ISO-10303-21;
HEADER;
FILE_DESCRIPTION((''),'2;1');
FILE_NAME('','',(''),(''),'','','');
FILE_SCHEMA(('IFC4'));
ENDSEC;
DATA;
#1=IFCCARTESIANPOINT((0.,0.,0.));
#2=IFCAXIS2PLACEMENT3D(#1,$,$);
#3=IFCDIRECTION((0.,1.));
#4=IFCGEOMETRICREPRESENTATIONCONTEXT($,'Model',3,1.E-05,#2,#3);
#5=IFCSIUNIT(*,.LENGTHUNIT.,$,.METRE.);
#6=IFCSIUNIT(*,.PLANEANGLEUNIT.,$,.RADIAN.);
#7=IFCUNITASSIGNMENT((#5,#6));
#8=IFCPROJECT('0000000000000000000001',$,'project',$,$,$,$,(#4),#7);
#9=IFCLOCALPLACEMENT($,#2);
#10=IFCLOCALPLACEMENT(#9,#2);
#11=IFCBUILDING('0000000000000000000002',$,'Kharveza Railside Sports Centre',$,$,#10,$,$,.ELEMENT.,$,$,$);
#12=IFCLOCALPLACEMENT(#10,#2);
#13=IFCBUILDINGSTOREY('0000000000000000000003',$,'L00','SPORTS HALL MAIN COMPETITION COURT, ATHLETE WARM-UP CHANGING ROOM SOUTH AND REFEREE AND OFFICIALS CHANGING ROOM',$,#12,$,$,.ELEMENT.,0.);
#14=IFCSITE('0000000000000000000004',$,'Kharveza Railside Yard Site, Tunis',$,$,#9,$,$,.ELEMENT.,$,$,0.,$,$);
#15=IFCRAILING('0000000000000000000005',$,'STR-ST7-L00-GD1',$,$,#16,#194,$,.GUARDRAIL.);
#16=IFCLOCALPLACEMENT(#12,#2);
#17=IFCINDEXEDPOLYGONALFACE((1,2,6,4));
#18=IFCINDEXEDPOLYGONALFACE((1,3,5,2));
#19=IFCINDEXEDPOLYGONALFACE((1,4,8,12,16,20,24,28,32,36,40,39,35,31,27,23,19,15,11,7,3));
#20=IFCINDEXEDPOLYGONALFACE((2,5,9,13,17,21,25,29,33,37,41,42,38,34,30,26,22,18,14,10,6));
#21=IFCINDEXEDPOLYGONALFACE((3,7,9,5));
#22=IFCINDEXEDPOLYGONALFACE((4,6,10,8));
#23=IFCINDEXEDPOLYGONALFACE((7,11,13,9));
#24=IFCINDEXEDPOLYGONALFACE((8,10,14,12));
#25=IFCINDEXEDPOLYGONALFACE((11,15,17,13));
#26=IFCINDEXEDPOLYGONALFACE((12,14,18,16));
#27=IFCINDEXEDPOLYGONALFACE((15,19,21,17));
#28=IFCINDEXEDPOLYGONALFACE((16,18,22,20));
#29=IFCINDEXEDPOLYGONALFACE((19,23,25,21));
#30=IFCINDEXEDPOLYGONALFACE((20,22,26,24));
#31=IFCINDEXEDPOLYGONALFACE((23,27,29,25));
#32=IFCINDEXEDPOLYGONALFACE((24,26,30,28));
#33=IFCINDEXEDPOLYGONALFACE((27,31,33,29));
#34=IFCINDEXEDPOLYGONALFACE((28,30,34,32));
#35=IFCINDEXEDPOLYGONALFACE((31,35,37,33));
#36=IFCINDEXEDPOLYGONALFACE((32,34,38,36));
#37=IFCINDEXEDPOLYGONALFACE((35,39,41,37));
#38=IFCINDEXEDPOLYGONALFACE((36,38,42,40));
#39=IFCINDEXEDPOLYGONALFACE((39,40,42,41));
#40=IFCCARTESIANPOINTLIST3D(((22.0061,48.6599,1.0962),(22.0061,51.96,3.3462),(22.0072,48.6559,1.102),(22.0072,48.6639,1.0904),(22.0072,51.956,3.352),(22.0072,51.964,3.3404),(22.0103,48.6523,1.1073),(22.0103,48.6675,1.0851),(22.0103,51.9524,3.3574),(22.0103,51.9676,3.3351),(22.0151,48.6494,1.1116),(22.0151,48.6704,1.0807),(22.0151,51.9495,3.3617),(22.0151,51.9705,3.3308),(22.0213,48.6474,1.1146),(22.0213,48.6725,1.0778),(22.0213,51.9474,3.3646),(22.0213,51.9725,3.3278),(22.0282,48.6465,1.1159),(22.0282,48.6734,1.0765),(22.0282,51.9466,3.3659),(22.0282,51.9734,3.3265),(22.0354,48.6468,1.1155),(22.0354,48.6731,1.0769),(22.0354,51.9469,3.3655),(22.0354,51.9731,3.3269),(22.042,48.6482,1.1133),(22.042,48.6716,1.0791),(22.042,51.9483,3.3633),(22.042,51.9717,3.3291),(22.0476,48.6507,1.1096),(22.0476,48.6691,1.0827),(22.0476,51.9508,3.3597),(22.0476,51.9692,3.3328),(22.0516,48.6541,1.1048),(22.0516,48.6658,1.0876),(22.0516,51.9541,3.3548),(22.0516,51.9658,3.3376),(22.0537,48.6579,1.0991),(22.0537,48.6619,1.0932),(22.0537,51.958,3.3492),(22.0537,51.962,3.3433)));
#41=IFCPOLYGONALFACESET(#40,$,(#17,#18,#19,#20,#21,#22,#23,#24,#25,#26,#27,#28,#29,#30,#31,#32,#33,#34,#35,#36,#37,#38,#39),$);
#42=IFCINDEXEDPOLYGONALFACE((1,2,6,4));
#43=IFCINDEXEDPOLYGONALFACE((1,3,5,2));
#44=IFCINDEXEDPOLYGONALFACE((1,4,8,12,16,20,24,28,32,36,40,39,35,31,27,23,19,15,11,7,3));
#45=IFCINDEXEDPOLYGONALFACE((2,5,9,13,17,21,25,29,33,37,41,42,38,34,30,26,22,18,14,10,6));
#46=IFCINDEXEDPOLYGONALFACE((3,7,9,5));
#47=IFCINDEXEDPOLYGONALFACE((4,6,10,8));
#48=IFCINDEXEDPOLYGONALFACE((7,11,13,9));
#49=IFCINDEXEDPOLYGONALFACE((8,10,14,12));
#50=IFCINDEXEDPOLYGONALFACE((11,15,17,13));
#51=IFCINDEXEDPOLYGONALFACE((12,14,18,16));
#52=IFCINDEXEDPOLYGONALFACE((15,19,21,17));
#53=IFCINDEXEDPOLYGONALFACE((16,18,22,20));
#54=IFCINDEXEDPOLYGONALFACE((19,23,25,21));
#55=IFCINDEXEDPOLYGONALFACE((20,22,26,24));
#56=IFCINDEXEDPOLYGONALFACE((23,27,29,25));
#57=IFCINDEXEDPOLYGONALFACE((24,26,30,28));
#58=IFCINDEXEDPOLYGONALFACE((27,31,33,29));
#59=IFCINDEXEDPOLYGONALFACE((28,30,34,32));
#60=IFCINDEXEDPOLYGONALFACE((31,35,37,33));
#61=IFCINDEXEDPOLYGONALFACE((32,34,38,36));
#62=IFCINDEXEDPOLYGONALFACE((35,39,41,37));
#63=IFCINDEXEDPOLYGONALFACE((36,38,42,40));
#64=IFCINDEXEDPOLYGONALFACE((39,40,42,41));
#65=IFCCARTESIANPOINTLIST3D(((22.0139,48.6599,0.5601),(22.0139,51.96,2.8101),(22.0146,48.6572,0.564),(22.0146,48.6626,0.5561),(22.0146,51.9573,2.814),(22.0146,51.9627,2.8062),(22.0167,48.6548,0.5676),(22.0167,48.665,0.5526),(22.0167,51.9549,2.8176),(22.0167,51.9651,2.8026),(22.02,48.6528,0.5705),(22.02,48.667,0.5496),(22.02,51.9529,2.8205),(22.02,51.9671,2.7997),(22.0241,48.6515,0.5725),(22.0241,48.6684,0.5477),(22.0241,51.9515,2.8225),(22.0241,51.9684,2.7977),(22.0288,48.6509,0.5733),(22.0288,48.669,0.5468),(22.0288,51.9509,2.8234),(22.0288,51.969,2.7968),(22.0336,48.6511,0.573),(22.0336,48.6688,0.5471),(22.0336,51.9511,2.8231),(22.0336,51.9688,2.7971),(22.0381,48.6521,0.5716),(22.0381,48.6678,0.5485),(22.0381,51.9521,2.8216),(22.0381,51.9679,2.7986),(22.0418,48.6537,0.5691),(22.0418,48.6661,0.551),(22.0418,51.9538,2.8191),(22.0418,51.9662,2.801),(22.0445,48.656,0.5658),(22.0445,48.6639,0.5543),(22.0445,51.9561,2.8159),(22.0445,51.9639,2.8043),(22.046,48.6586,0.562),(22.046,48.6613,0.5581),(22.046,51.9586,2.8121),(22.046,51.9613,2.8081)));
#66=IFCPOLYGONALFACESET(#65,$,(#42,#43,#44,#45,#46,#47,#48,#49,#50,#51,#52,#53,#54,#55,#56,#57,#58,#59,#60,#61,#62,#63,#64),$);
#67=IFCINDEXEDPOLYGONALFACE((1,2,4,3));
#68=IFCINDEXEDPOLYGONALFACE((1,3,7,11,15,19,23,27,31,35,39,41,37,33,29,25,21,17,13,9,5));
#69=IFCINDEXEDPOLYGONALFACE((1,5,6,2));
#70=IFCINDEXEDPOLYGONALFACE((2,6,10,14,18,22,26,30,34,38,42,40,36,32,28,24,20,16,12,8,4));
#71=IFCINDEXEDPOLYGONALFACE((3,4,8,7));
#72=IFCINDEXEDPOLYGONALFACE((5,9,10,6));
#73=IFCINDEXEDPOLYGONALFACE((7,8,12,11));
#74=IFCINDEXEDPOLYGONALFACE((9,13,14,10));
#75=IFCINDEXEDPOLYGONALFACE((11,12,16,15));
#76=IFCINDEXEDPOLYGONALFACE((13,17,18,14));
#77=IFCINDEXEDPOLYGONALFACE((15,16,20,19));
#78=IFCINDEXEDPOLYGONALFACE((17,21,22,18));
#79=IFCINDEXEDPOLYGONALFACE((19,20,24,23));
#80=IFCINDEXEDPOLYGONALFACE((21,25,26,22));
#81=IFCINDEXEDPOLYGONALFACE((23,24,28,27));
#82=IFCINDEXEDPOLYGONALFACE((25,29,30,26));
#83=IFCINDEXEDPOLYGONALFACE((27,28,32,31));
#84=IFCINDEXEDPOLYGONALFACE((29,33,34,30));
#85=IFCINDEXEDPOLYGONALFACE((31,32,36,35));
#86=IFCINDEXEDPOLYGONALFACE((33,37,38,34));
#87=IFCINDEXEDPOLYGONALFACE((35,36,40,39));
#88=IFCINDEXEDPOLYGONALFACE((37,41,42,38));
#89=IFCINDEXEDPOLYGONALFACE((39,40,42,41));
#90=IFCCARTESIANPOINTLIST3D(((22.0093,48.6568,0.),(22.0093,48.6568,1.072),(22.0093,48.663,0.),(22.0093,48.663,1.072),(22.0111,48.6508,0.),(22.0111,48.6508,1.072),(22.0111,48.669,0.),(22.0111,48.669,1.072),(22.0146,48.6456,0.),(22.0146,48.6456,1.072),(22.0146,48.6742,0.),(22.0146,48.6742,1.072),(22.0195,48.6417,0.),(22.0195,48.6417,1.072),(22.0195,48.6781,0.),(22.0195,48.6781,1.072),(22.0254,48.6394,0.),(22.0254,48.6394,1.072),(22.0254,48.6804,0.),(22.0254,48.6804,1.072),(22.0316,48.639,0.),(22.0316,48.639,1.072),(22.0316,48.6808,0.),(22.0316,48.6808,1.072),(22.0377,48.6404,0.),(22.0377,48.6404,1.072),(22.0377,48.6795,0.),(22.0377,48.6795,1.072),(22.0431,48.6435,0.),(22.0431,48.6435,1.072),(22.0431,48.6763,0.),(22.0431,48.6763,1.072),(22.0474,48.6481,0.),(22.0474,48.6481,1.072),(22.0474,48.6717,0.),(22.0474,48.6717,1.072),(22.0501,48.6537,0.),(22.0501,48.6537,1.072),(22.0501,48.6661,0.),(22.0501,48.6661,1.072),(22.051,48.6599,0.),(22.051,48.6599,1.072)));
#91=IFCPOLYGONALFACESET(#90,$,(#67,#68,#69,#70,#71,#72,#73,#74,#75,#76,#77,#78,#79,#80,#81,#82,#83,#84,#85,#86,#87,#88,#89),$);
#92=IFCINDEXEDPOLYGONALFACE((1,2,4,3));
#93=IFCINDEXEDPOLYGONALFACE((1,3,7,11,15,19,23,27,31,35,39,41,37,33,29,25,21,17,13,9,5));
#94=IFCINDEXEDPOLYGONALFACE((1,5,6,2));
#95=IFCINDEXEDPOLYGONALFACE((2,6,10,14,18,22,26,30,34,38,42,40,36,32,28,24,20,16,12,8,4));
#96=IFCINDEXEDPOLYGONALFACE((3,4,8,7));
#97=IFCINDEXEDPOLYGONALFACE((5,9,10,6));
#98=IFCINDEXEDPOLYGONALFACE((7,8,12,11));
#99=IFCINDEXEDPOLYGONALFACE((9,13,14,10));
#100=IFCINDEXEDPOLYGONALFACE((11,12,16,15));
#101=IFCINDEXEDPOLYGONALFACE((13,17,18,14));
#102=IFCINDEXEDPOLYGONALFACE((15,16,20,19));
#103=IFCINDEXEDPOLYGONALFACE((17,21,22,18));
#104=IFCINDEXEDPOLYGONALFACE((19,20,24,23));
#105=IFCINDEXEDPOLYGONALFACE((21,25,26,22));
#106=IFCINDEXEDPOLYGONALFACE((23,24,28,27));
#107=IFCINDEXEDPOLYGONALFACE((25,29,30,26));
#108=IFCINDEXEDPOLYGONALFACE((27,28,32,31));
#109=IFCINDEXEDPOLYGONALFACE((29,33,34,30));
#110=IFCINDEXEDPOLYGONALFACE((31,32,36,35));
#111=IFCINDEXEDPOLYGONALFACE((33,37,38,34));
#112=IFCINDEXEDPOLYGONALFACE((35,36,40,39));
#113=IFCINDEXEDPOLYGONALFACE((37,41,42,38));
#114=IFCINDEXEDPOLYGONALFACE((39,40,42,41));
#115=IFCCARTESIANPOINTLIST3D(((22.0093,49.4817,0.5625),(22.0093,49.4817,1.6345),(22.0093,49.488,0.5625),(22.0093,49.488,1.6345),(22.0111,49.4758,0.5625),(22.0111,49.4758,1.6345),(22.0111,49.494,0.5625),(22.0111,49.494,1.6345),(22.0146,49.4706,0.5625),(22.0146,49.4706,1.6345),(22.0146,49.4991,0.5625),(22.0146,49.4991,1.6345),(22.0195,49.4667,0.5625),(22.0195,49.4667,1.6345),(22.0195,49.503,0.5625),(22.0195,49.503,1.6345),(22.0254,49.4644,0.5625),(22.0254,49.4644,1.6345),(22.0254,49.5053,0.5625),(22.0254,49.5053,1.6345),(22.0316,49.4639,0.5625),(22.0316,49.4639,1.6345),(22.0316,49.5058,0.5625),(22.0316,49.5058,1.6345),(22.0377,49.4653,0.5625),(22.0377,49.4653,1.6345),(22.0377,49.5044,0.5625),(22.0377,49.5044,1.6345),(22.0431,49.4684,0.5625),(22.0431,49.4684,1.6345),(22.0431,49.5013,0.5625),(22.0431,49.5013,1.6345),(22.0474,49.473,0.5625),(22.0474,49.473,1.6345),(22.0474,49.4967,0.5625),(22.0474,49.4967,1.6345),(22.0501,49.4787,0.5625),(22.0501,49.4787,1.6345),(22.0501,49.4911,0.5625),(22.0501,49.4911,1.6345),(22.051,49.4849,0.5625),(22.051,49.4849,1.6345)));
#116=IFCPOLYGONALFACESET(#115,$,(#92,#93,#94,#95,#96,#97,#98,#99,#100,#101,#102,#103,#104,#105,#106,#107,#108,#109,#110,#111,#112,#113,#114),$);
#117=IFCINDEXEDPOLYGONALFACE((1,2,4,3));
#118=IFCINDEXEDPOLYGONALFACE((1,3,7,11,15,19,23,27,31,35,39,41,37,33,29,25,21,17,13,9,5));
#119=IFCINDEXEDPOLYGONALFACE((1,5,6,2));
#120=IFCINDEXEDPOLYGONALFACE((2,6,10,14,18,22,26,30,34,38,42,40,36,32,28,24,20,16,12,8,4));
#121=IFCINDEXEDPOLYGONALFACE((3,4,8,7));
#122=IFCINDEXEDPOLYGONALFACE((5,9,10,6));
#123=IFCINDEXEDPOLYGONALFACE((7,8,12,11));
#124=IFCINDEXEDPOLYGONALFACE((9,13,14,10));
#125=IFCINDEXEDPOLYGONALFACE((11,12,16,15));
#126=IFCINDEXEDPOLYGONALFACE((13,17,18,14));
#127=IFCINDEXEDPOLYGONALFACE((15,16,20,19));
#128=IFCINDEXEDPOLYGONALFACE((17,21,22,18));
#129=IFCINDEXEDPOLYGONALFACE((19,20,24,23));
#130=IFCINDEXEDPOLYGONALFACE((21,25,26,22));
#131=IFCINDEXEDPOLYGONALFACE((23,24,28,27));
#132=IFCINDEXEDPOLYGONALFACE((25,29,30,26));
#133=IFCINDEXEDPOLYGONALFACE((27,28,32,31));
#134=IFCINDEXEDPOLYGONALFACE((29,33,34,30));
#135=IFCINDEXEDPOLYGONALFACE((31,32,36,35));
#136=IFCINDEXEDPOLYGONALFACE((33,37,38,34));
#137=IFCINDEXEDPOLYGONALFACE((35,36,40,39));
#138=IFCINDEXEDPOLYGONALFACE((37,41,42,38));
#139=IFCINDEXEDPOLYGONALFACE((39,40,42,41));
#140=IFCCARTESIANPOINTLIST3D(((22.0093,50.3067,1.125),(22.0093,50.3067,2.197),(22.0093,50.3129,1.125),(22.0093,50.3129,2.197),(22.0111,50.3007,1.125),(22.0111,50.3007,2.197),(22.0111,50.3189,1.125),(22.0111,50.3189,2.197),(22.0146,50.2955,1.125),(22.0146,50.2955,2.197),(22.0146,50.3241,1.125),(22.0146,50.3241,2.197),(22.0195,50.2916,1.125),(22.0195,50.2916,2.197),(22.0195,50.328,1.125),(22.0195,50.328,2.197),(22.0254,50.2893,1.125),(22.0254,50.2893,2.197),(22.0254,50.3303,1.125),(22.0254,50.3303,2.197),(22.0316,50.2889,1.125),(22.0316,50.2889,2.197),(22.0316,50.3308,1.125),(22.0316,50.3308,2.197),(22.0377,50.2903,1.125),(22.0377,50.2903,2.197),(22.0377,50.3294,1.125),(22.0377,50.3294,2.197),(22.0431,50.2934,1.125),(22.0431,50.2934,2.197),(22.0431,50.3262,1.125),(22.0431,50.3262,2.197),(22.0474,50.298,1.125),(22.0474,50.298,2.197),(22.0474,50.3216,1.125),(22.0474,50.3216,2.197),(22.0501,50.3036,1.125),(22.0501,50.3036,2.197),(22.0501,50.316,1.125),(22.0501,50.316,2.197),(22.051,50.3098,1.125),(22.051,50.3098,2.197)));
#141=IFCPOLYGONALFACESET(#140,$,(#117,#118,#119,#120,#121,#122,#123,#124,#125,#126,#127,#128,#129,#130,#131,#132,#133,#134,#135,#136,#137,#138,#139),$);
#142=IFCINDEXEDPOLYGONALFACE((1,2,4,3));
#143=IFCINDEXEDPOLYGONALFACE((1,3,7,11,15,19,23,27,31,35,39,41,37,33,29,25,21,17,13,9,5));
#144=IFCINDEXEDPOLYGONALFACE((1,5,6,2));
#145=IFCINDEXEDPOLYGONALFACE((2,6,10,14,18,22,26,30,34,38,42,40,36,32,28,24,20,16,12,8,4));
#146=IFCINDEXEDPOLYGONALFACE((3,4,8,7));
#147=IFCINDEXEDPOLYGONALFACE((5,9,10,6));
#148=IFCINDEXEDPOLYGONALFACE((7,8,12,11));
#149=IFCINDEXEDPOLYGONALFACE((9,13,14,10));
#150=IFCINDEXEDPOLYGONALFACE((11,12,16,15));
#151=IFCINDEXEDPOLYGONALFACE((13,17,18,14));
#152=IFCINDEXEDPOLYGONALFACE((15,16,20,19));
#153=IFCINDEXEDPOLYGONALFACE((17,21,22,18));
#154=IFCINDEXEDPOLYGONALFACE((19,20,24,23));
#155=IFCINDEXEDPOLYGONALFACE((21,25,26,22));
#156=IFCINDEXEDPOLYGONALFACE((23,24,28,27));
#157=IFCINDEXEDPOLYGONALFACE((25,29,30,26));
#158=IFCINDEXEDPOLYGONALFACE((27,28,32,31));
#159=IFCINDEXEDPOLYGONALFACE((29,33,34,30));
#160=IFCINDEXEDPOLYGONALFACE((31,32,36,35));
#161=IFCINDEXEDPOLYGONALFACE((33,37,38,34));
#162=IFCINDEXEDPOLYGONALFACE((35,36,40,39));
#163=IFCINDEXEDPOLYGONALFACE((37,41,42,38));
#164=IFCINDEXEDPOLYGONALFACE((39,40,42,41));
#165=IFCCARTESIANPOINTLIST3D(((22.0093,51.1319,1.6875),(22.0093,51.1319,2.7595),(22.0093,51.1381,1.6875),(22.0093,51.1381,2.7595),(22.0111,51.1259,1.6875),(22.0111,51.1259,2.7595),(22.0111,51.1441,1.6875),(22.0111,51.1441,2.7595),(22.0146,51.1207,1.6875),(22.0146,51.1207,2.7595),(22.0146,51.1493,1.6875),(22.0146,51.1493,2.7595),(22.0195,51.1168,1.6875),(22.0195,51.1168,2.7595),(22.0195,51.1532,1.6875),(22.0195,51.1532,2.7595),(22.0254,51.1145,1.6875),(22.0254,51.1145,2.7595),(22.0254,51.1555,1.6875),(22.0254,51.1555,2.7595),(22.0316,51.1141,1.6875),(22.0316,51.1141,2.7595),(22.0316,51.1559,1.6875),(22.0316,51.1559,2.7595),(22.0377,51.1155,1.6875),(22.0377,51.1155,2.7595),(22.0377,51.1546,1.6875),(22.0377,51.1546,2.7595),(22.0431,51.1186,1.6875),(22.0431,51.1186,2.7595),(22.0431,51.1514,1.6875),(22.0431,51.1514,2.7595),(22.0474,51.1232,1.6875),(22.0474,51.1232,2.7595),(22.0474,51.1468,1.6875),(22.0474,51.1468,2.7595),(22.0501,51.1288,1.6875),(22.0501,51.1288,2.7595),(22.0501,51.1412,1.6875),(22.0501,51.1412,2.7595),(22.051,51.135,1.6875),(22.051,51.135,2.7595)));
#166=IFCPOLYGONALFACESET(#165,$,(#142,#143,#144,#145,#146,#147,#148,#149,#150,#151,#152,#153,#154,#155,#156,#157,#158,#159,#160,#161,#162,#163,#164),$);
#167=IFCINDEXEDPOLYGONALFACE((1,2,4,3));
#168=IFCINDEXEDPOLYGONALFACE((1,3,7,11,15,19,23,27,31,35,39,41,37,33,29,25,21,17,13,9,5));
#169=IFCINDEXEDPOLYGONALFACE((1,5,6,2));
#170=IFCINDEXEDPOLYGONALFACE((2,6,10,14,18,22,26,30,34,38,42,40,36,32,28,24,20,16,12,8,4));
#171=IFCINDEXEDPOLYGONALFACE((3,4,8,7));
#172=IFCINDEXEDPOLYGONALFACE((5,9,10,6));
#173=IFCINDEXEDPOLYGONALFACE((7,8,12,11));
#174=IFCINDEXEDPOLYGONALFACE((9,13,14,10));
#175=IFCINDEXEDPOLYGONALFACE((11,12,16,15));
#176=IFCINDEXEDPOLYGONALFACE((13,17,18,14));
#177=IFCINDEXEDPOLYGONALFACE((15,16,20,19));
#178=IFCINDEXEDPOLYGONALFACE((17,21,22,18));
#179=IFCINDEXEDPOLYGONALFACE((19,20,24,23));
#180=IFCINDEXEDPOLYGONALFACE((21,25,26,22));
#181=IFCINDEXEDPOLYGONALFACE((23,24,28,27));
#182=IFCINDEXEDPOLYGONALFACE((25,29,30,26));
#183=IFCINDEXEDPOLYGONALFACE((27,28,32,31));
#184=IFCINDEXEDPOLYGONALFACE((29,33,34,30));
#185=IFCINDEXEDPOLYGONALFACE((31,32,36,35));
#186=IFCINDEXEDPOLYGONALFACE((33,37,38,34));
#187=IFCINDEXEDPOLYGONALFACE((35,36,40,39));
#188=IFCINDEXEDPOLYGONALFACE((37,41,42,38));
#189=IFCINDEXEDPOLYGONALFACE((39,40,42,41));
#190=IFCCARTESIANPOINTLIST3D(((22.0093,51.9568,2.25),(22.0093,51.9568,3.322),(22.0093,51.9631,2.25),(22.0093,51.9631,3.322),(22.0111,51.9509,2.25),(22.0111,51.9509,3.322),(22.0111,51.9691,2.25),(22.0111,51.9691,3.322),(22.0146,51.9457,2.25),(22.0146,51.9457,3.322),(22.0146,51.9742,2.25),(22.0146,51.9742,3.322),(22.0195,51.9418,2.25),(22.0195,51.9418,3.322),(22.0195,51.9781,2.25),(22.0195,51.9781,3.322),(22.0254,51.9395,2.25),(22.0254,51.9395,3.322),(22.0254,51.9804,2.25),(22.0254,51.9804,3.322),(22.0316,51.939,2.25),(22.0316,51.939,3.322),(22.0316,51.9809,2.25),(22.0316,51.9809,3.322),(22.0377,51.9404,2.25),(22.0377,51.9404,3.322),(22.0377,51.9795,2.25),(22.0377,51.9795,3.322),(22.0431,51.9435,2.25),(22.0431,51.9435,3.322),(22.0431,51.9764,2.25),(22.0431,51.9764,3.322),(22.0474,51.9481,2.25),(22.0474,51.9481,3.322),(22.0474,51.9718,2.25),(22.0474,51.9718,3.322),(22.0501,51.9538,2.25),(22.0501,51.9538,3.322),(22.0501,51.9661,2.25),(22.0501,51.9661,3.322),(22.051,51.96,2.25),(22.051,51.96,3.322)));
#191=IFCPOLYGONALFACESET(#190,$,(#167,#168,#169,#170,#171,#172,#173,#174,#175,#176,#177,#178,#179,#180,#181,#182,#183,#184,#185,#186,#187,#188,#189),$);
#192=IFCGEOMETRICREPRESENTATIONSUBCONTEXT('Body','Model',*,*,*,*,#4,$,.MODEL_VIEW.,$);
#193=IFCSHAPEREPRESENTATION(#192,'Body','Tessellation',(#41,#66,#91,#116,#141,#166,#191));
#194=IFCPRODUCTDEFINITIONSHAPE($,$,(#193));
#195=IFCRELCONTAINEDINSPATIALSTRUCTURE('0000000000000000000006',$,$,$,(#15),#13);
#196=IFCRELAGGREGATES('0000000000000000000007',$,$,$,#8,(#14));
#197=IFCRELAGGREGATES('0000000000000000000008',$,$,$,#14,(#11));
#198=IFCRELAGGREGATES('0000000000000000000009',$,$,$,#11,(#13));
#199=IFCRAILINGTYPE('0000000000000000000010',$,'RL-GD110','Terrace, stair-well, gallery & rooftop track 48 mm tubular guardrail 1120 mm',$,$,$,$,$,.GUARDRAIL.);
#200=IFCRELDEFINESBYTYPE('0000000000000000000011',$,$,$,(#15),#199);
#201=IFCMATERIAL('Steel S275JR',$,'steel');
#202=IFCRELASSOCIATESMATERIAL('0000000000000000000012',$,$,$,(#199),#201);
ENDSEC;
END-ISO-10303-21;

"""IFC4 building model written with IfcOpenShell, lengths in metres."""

from ifc_helpers import new_model, si_unit, direction, frame, origin, origin_2d, place, context, subcontext, project, spatial, circle, extrude, material, type_object, element, save


model = new_model("IFC4")

# Units and contexts
model_context = context("Model", 3, precision=1e-05, world=origin(), true_north=direction((0.0, 1.0)))
body_context = subcontext(model_context, "Body", "Model", "MODEL_VIEW")
ifc_project = project(units=[si_unit("LENGTHUNIT", "METRE"), si_unit("PLANEANGLEUNIT", "RADIAN")], contexts=[model_context])

# Site, building, storey
site_placement = place(None, origin())
site = spatial("IfcSite", under=ifc_project, at=site_placement, Name="Kharveza Railside Yard Site, Tunis", CompositionType="ELEMENT", RefElevation=0.0)
building_placement = place(site_placement, origin())
building = spatial("IfcBuilding", under=site, at=building_placement, Name="Kharveza Railside Sports Centre", CompositionType="ELEMENT")
storey_placement = place(building_placement, origin())
storey = spatial("IfcBuildingStorey", under=building, at=storey_placement, Name="L00", Description="SPORTS HALL MAIN COMPETITION COURT, ATHLETE WARM-UP CHANGING ROOM SOUTH AND REFEREE AND OFFICIALS CHANGING ROOM", CompositionType="ELEMENT", Elevation=0.0)

# Railing
ifc_material_1 = material(Name="Steel S275JR", Category="steel")
railing_type_1 = type_object("IfcRailingType", Name="RL-GD110", Description="Terrace, stair-well, gallery & rooftop track 48 mm tubular guardrail 1120 mm", PredefinedType="GUARDRAIL", material=ifc_material_1)
railing_1_placement = place(storey_placement, frame((22.03, 48.6599, 0.0)))
element("IfcRailing", 1, at=railing_1_placement, inside=storey, type_object=railing_type_1, Name="STR-ST7-L00-GD1", PredefinedType="GUARDRAIL", context=body_context, shape_type="SweptSolid", body=[
    extrude(circle(Radius=0.0239, at=origin_2d()), frame((0.0, 0.0, 1.0962), z_axis=(0.0, 0.826231, 0.563331), x_axis=(-1.0, 0.0, 0.0)), (0.0, 0.0, 1.0), 3.9941),
    extrude(circle(Radius=0.0161, at=origin_2d()), frame((0.0, 0.0, 0.5601), z_axis=(0.0, 0.826231, 0.563331), x_axis=(-1.0, 0.0, 0.0)), (0.0, 0.0, 1.0), 3.9941),
    extrude(circle(Radius=0.021, at=origin_2d()), origin(), (0.0, 0.0, 1.0), 1.072),
    extrude(circle(Radius=0.021, at=origin_2d()), frame((0.0, 0.825, 0.5625)), (0.0, 0.0, 1.0), 1.072),
    extrude(circle(Radius=0.021, at=origin_2d()), frame((0.0, 1.6499, 1.125)), (0.0, 0.0, 1.0), 1.072),
    extrude(circle(Radius=0.021, at=origin_2d()), frame((0.0, 2.4751, 1.6875)), (0.0, 0.0, 1.0), 1.072),
    extrude(circle(Radius=0.021, at=origin_2d()), frame((0.0, 3.3, 2.25)), (0.0, 0.0, 1.0), 1.072),
])

save(model, "model.ifc")
